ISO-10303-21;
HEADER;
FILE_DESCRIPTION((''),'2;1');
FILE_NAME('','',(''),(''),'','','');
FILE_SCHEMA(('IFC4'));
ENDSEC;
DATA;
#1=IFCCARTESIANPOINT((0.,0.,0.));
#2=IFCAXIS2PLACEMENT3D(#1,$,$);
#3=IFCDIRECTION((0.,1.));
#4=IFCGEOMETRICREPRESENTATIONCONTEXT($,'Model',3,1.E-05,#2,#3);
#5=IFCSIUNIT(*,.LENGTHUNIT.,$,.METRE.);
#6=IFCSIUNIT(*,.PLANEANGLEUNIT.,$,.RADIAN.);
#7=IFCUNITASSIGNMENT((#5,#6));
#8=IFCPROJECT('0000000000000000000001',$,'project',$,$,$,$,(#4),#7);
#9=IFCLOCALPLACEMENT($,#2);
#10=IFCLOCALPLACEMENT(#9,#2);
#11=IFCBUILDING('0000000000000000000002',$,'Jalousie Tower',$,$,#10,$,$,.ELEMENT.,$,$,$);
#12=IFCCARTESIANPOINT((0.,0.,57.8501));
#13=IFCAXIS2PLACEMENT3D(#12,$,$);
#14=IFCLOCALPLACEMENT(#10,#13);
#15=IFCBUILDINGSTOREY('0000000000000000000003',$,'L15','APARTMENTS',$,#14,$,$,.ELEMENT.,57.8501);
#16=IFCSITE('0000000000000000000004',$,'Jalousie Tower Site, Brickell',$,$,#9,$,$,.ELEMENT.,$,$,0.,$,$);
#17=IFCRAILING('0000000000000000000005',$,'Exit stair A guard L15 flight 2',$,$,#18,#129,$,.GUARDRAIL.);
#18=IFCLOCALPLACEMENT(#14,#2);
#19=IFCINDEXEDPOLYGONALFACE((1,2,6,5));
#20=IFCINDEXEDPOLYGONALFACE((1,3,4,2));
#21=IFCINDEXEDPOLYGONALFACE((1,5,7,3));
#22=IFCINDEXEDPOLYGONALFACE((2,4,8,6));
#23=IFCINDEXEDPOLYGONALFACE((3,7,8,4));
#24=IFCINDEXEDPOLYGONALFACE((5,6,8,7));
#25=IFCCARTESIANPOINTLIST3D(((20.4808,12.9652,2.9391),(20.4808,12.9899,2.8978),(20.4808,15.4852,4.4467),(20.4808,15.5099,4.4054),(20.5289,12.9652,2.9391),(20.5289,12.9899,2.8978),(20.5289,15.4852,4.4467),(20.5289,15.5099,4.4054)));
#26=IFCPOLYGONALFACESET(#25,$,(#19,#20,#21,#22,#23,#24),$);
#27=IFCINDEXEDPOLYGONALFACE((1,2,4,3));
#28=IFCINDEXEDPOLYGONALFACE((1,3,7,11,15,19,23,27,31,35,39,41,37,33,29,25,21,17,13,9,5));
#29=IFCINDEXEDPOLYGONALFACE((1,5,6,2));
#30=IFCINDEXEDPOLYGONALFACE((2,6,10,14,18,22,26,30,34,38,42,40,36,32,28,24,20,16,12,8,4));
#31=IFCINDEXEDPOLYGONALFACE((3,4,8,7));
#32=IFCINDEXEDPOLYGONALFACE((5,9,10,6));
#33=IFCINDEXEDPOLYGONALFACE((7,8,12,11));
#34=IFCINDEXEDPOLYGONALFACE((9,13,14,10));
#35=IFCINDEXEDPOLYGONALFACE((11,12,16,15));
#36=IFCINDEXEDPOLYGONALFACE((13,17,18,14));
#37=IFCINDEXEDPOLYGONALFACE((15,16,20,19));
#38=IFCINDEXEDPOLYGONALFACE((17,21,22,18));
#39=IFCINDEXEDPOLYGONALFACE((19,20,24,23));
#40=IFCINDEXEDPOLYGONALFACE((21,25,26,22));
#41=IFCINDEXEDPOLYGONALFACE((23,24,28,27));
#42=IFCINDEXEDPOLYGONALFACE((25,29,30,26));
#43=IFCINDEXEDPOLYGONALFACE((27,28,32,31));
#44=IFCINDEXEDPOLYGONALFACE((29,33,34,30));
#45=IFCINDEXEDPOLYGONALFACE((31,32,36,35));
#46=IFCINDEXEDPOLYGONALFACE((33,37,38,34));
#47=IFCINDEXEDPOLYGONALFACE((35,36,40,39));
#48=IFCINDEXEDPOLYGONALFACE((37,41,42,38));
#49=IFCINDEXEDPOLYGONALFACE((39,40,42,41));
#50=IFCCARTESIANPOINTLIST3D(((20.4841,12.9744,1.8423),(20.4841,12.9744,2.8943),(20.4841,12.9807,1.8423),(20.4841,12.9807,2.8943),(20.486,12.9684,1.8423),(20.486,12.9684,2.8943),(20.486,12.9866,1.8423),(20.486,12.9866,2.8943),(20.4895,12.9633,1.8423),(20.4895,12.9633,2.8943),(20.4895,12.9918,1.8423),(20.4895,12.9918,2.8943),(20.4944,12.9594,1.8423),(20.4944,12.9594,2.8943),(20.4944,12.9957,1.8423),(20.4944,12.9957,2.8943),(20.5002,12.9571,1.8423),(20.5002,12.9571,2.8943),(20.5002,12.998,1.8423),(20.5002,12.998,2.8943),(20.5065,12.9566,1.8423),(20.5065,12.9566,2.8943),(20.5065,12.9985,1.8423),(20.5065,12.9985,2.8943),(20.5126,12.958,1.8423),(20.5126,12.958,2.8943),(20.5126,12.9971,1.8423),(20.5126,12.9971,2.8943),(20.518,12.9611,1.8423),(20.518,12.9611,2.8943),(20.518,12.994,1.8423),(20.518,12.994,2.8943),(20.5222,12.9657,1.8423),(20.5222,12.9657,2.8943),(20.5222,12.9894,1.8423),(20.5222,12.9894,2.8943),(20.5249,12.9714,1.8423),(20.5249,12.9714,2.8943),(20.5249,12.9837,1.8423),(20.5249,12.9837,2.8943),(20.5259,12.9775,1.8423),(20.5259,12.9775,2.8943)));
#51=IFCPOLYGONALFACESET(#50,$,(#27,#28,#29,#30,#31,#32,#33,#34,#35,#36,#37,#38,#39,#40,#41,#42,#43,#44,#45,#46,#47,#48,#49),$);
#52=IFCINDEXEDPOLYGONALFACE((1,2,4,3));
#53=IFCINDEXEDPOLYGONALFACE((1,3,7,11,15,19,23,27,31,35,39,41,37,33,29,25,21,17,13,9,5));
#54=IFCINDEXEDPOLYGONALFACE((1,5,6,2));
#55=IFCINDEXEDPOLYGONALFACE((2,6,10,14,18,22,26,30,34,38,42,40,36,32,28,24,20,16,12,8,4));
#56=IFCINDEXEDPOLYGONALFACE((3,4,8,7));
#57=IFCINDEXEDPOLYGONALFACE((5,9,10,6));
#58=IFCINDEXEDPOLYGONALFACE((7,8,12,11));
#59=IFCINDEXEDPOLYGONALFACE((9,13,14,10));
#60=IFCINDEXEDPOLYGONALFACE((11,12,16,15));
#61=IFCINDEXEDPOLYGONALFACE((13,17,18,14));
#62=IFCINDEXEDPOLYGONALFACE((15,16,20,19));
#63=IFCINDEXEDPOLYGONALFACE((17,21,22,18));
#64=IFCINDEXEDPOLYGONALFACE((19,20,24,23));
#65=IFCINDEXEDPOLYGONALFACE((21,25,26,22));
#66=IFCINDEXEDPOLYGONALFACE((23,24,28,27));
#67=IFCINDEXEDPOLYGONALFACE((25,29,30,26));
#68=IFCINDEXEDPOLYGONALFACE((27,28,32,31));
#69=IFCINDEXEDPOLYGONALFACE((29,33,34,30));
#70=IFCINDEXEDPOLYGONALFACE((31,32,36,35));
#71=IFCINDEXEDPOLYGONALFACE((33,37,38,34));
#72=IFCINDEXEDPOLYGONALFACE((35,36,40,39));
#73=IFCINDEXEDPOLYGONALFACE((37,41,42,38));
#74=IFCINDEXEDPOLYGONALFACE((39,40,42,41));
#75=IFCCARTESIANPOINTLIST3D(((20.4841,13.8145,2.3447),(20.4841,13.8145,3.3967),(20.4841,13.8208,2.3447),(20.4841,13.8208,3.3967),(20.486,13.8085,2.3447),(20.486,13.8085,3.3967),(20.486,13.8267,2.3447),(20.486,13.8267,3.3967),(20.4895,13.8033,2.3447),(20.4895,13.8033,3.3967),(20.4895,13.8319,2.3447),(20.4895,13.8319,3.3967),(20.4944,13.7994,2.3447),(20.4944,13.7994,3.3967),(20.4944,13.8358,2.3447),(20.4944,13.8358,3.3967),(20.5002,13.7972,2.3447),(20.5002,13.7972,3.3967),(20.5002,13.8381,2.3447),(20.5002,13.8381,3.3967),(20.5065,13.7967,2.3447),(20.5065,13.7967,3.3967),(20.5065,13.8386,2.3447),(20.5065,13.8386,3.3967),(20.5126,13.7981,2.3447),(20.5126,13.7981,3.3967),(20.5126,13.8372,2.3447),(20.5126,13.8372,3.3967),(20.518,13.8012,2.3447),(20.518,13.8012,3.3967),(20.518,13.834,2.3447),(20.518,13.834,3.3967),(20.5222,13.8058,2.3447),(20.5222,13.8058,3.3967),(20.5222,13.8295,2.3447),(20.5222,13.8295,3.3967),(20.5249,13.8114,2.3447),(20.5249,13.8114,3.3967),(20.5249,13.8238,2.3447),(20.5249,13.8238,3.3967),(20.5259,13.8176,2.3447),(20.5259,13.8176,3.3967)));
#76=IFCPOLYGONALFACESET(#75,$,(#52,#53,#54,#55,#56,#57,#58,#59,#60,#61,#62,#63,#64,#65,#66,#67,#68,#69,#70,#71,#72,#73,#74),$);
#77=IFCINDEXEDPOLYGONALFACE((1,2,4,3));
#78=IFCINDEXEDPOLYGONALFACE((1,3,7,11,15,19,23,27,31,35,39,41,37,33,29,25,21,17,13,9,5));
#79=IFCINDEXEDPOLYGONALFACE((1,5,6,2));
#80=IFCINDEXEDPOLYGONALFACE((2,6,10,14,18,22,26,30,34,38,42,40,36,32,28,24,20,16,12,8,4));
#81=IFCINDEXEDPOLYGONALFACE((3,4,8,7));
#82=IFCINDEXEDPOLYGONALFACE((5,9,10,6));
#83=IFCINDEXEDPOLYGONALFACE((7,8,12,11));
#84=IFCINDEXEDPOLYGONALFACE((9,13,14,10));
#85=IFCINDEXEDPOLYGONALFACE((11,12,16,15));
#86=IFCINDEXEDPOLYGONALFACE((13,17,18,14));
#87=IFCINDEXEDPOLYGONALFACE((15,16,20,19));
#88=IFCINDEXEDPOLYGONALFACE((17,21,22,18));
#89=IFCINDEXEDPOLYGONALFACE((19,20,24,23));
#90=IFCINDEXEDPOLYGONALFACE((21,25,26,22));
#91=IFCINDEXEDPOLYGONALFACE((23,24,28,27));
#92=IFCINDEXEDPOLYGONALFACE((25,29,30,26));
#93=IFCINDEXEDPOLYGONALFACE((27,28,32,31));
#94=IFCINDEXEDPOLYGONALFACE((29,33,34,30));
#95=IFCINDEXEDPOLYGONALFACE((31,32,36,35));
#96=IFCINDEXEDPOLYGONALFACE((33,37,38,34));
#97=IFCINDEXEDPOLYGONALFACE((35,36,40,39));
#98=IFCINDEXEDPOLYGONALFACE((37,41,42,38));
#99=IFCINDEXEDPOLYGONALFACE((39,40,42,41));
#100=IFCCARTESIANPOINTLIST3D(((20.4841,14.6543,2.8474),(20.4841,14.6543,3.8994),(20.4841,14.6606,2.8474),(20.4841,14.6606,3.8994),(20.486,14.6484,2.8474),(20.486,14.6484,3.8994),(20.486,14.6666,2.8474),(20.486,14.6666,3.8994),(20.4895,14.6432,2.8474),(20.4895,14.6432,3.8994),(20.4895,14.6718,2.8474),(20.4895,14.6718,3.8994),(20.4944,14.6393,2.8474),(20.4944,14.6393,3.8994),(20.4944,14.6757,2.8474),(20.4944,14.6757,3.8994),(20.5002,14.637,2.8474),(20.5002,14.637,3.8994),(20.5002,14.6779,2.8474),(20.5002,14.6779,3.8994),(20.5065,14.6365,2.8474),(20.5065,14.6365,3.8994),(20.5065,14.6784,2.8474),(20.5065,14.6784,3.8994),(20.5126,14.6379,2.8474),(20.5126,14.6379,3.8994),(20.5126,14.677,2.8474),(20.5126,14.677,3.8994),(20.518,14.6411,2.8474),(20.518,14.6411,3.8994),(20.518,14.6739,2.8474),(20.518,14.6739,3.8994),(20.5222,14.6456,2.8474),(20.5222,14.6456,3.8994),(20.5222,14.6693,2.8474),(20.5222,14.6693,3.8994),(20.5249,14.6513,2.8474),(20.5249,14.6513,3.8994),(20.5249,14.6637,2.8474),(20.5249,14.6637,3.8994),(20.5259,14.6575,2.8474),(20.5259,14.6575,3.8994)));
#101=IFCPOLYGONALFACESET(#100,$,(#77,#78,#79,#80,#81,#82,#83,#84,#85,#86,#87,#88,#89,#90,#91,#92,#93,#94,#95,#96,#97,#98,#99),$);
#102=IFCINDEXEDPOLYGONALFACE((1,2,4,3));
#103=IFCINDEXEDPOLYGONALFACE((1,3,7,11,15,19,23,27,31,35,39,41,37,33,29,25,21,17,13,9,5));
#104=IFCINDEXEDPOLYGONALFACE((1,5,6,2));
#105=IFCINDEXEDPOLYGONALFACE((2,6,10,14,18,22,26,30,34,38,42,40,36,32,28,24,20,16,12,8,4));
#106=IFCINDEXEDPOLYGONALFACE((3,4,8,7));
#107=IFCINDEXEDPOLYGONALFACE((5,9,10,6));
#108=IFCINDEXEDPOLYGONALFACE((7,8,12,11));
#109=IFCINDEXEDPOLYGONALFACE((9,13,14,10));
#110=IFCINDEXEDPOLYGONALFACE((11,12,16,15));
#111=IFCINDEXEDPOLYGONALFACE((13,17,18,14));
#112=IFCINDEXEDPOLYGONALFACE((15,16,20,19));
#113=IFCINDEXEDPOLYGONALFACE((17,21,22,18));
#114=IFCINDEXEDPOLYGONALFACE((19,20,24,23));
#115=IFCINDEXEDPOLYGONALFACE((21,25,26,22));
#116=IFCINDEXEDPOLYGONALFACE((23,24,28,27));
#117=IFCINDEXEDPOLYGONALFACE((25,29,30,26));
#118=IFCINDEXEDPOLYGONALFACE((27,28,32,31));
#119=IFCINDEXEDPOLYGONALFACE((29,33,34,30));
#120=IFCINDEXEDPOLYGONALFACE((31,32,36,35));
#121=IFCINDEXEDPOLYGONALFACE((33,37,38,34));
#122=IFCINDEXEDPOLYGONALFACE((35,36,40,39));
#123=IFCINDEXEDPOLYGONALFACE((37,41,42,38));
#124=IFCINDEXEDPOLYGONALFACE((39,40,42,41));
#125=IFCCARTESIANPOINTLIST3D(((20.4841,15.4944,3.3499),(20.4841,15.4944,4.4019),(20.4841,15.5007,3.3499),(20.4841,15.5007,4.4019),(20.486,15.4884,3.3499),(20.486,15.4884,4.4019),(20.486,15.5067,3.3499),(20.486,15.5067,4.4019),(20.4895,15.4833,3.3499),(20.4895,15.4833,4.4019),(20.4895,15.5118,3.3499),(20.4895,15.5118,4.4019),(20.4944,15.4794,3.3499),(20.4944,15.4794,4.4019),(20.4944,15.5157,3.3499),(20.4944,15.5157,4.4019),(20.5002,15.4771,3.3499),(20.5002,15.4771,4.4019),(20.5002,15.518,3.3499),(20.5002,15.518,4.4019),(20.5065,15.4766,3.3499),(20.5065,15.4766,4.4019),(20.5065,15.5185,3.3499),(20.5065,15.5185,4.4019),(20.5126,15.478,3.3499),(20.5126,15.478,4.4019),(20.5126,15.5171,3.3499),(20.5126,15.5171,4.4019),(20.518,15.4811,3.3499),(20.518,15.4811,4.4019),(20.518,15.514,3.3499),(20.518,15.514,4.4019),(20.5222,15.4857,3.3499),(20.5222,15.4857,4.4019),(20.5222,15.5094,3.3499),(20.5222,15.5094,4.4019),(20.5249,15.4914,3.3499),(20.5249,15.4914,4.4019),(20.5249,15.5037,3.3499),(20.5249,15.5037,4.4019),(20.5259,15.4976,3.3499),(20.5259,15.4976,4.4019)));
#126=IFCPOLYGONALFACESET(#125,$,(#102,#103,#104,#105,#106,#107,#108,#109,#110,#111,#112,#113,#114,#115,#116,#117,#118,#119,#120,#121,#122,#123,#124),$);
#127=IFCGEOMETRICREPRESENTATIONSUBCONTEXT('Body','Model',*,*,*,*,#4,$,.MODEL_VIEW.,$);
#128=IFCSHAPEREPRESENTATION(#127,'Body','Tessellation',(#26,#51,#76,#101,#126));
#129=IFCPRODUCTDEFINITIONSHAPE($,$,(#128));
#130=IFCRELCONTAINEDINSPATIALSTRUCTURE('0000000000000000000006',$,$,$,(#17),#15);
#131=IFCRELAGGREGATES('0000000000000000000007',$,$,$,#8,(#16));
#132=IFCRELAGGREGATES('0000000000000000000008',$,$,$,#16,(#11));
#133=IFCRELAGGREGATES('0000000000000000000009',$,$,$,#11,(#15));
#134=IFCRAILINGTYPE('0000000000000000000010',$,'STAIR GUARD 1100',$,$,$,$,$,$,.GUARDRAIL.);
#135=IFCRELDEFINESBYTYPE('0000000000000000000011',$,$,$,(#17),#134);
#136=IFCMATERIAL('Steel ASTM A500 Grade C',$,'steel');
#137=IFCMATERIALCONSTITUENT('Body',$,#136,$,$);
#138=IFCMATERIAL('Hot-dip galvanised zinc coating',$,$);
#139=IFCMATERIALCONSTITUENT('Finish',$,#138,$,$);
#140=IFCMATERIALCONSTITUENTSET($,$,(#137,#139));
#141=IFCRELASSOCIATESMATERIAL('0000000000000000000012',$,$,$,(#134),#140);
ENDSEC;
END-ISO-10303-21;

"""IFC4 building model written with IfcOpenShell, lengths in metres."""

from ifc_helpers import new_model, si_unit, direction, frame, origin, origin_2d, place, context, subcontext, project, spatial, rectangle, circle, extrude, material, constituent, constituent_set, type_object, element, save


model = new_model("IFC4")

# Units and contexts
model_context = context("Model", 3, precision=1e-05, world=origin(), true_north=direction((0.0, 1.0)))
body_context = subcontext(model_context, "Body", "Model", "MODEL_VIEW")
ifc_project = project(units=[si_unit("LENGTHUNIT", "METRE"), si_unit("PLANEANGLEUNIT", "RADIAN")], contexts=[model_context])

# Site, building, storey
site_placement = place(None, origin())
site = spatial("IfcSite", under=ifc_project, at=site_placement, Name="Jalousie Tower Site, Brickell", CompositionType="ELEMENT", RefElevation=0.0)
building_placement = place(site_placement, origin())
building = spatial("IfcBuilding", under=site, at=building_placement, Name="Jalousie Tower", CompositionType="ELEMENT")
storey_placement = place(building_placement, frame((0.0, 0.0, 57.8501)))
storey = spatial("IfcBuildingStorey", under=building, at=storey_placement, Name="L15", Description="APARTMENTS", CompositionType="ELEMENT", Elevation=57.8501)

# Railing
ifc_material_1 = material(Name="Steel ASTM A500 Grade C", Category="steel")
ifc_constituent_1 = constituent(ifc_material_1, Name="Body")
ifc_material_2 = material(Name="Hot-dip galvanised zinc coating")
ifc_constituent_2 = constituent(ifc_material_2, Name="Finish")
ifc_constituent_set_1 = constituent_set(constituents=[ifc_constituent_1, ifc_constituent_2])
railing_type_1 = type_object("IfcRailingType", Name="STAIR GUARD 1100", PredefinedType="GUARDRAIL", material=ifc_constituent_set_1)
railing_1_placement = place(storey_placement, frame((20.5049, 12.9775, 1.8423)))
element("IfcRailing", 1, at=railing_1_placement, inside=storey, type_object=railing_type_1, Name="Exit stair A guard L15 flight 2", PredefinedType="GUARDRAIL", context=body_context, shape_type="SweptSolid", body=[
    extrude(rectangle(XDim=0.0481, YDim=0.0481, at=origin_2d()), frame((0.0, 0.0, 1.0762), z_axis=(0.0, 0.85816, 0.513383), x_axis=(-1.0, 0.0, 0.0)), (0.0, 0.0, 1.0), 2.9365),
    extrude(circle(Radius=0.021, at=origin_2d()), origin(), (0.0, 0.0, 1.0), 1.052),
    extrude(circle(Radius=0.021, at=origin_2d()), frame((0.0, 0.8401, 0.5024)), (0.0, 0.0, 1.0), 1.052),
    extrude(circle(Radius=0.021, at=origin_2d()), frame((0.0, 1.6799, 1.0051)), (0.0, 0.0, 1.0), 1.052),
    extrude(circle(Radius=0.021, at=origin_2d()), frame((0.0, 2.52, 1.5076)), (0.0, 0.0, 1.0), 1.052),
])

save(model, "model.ifc")
